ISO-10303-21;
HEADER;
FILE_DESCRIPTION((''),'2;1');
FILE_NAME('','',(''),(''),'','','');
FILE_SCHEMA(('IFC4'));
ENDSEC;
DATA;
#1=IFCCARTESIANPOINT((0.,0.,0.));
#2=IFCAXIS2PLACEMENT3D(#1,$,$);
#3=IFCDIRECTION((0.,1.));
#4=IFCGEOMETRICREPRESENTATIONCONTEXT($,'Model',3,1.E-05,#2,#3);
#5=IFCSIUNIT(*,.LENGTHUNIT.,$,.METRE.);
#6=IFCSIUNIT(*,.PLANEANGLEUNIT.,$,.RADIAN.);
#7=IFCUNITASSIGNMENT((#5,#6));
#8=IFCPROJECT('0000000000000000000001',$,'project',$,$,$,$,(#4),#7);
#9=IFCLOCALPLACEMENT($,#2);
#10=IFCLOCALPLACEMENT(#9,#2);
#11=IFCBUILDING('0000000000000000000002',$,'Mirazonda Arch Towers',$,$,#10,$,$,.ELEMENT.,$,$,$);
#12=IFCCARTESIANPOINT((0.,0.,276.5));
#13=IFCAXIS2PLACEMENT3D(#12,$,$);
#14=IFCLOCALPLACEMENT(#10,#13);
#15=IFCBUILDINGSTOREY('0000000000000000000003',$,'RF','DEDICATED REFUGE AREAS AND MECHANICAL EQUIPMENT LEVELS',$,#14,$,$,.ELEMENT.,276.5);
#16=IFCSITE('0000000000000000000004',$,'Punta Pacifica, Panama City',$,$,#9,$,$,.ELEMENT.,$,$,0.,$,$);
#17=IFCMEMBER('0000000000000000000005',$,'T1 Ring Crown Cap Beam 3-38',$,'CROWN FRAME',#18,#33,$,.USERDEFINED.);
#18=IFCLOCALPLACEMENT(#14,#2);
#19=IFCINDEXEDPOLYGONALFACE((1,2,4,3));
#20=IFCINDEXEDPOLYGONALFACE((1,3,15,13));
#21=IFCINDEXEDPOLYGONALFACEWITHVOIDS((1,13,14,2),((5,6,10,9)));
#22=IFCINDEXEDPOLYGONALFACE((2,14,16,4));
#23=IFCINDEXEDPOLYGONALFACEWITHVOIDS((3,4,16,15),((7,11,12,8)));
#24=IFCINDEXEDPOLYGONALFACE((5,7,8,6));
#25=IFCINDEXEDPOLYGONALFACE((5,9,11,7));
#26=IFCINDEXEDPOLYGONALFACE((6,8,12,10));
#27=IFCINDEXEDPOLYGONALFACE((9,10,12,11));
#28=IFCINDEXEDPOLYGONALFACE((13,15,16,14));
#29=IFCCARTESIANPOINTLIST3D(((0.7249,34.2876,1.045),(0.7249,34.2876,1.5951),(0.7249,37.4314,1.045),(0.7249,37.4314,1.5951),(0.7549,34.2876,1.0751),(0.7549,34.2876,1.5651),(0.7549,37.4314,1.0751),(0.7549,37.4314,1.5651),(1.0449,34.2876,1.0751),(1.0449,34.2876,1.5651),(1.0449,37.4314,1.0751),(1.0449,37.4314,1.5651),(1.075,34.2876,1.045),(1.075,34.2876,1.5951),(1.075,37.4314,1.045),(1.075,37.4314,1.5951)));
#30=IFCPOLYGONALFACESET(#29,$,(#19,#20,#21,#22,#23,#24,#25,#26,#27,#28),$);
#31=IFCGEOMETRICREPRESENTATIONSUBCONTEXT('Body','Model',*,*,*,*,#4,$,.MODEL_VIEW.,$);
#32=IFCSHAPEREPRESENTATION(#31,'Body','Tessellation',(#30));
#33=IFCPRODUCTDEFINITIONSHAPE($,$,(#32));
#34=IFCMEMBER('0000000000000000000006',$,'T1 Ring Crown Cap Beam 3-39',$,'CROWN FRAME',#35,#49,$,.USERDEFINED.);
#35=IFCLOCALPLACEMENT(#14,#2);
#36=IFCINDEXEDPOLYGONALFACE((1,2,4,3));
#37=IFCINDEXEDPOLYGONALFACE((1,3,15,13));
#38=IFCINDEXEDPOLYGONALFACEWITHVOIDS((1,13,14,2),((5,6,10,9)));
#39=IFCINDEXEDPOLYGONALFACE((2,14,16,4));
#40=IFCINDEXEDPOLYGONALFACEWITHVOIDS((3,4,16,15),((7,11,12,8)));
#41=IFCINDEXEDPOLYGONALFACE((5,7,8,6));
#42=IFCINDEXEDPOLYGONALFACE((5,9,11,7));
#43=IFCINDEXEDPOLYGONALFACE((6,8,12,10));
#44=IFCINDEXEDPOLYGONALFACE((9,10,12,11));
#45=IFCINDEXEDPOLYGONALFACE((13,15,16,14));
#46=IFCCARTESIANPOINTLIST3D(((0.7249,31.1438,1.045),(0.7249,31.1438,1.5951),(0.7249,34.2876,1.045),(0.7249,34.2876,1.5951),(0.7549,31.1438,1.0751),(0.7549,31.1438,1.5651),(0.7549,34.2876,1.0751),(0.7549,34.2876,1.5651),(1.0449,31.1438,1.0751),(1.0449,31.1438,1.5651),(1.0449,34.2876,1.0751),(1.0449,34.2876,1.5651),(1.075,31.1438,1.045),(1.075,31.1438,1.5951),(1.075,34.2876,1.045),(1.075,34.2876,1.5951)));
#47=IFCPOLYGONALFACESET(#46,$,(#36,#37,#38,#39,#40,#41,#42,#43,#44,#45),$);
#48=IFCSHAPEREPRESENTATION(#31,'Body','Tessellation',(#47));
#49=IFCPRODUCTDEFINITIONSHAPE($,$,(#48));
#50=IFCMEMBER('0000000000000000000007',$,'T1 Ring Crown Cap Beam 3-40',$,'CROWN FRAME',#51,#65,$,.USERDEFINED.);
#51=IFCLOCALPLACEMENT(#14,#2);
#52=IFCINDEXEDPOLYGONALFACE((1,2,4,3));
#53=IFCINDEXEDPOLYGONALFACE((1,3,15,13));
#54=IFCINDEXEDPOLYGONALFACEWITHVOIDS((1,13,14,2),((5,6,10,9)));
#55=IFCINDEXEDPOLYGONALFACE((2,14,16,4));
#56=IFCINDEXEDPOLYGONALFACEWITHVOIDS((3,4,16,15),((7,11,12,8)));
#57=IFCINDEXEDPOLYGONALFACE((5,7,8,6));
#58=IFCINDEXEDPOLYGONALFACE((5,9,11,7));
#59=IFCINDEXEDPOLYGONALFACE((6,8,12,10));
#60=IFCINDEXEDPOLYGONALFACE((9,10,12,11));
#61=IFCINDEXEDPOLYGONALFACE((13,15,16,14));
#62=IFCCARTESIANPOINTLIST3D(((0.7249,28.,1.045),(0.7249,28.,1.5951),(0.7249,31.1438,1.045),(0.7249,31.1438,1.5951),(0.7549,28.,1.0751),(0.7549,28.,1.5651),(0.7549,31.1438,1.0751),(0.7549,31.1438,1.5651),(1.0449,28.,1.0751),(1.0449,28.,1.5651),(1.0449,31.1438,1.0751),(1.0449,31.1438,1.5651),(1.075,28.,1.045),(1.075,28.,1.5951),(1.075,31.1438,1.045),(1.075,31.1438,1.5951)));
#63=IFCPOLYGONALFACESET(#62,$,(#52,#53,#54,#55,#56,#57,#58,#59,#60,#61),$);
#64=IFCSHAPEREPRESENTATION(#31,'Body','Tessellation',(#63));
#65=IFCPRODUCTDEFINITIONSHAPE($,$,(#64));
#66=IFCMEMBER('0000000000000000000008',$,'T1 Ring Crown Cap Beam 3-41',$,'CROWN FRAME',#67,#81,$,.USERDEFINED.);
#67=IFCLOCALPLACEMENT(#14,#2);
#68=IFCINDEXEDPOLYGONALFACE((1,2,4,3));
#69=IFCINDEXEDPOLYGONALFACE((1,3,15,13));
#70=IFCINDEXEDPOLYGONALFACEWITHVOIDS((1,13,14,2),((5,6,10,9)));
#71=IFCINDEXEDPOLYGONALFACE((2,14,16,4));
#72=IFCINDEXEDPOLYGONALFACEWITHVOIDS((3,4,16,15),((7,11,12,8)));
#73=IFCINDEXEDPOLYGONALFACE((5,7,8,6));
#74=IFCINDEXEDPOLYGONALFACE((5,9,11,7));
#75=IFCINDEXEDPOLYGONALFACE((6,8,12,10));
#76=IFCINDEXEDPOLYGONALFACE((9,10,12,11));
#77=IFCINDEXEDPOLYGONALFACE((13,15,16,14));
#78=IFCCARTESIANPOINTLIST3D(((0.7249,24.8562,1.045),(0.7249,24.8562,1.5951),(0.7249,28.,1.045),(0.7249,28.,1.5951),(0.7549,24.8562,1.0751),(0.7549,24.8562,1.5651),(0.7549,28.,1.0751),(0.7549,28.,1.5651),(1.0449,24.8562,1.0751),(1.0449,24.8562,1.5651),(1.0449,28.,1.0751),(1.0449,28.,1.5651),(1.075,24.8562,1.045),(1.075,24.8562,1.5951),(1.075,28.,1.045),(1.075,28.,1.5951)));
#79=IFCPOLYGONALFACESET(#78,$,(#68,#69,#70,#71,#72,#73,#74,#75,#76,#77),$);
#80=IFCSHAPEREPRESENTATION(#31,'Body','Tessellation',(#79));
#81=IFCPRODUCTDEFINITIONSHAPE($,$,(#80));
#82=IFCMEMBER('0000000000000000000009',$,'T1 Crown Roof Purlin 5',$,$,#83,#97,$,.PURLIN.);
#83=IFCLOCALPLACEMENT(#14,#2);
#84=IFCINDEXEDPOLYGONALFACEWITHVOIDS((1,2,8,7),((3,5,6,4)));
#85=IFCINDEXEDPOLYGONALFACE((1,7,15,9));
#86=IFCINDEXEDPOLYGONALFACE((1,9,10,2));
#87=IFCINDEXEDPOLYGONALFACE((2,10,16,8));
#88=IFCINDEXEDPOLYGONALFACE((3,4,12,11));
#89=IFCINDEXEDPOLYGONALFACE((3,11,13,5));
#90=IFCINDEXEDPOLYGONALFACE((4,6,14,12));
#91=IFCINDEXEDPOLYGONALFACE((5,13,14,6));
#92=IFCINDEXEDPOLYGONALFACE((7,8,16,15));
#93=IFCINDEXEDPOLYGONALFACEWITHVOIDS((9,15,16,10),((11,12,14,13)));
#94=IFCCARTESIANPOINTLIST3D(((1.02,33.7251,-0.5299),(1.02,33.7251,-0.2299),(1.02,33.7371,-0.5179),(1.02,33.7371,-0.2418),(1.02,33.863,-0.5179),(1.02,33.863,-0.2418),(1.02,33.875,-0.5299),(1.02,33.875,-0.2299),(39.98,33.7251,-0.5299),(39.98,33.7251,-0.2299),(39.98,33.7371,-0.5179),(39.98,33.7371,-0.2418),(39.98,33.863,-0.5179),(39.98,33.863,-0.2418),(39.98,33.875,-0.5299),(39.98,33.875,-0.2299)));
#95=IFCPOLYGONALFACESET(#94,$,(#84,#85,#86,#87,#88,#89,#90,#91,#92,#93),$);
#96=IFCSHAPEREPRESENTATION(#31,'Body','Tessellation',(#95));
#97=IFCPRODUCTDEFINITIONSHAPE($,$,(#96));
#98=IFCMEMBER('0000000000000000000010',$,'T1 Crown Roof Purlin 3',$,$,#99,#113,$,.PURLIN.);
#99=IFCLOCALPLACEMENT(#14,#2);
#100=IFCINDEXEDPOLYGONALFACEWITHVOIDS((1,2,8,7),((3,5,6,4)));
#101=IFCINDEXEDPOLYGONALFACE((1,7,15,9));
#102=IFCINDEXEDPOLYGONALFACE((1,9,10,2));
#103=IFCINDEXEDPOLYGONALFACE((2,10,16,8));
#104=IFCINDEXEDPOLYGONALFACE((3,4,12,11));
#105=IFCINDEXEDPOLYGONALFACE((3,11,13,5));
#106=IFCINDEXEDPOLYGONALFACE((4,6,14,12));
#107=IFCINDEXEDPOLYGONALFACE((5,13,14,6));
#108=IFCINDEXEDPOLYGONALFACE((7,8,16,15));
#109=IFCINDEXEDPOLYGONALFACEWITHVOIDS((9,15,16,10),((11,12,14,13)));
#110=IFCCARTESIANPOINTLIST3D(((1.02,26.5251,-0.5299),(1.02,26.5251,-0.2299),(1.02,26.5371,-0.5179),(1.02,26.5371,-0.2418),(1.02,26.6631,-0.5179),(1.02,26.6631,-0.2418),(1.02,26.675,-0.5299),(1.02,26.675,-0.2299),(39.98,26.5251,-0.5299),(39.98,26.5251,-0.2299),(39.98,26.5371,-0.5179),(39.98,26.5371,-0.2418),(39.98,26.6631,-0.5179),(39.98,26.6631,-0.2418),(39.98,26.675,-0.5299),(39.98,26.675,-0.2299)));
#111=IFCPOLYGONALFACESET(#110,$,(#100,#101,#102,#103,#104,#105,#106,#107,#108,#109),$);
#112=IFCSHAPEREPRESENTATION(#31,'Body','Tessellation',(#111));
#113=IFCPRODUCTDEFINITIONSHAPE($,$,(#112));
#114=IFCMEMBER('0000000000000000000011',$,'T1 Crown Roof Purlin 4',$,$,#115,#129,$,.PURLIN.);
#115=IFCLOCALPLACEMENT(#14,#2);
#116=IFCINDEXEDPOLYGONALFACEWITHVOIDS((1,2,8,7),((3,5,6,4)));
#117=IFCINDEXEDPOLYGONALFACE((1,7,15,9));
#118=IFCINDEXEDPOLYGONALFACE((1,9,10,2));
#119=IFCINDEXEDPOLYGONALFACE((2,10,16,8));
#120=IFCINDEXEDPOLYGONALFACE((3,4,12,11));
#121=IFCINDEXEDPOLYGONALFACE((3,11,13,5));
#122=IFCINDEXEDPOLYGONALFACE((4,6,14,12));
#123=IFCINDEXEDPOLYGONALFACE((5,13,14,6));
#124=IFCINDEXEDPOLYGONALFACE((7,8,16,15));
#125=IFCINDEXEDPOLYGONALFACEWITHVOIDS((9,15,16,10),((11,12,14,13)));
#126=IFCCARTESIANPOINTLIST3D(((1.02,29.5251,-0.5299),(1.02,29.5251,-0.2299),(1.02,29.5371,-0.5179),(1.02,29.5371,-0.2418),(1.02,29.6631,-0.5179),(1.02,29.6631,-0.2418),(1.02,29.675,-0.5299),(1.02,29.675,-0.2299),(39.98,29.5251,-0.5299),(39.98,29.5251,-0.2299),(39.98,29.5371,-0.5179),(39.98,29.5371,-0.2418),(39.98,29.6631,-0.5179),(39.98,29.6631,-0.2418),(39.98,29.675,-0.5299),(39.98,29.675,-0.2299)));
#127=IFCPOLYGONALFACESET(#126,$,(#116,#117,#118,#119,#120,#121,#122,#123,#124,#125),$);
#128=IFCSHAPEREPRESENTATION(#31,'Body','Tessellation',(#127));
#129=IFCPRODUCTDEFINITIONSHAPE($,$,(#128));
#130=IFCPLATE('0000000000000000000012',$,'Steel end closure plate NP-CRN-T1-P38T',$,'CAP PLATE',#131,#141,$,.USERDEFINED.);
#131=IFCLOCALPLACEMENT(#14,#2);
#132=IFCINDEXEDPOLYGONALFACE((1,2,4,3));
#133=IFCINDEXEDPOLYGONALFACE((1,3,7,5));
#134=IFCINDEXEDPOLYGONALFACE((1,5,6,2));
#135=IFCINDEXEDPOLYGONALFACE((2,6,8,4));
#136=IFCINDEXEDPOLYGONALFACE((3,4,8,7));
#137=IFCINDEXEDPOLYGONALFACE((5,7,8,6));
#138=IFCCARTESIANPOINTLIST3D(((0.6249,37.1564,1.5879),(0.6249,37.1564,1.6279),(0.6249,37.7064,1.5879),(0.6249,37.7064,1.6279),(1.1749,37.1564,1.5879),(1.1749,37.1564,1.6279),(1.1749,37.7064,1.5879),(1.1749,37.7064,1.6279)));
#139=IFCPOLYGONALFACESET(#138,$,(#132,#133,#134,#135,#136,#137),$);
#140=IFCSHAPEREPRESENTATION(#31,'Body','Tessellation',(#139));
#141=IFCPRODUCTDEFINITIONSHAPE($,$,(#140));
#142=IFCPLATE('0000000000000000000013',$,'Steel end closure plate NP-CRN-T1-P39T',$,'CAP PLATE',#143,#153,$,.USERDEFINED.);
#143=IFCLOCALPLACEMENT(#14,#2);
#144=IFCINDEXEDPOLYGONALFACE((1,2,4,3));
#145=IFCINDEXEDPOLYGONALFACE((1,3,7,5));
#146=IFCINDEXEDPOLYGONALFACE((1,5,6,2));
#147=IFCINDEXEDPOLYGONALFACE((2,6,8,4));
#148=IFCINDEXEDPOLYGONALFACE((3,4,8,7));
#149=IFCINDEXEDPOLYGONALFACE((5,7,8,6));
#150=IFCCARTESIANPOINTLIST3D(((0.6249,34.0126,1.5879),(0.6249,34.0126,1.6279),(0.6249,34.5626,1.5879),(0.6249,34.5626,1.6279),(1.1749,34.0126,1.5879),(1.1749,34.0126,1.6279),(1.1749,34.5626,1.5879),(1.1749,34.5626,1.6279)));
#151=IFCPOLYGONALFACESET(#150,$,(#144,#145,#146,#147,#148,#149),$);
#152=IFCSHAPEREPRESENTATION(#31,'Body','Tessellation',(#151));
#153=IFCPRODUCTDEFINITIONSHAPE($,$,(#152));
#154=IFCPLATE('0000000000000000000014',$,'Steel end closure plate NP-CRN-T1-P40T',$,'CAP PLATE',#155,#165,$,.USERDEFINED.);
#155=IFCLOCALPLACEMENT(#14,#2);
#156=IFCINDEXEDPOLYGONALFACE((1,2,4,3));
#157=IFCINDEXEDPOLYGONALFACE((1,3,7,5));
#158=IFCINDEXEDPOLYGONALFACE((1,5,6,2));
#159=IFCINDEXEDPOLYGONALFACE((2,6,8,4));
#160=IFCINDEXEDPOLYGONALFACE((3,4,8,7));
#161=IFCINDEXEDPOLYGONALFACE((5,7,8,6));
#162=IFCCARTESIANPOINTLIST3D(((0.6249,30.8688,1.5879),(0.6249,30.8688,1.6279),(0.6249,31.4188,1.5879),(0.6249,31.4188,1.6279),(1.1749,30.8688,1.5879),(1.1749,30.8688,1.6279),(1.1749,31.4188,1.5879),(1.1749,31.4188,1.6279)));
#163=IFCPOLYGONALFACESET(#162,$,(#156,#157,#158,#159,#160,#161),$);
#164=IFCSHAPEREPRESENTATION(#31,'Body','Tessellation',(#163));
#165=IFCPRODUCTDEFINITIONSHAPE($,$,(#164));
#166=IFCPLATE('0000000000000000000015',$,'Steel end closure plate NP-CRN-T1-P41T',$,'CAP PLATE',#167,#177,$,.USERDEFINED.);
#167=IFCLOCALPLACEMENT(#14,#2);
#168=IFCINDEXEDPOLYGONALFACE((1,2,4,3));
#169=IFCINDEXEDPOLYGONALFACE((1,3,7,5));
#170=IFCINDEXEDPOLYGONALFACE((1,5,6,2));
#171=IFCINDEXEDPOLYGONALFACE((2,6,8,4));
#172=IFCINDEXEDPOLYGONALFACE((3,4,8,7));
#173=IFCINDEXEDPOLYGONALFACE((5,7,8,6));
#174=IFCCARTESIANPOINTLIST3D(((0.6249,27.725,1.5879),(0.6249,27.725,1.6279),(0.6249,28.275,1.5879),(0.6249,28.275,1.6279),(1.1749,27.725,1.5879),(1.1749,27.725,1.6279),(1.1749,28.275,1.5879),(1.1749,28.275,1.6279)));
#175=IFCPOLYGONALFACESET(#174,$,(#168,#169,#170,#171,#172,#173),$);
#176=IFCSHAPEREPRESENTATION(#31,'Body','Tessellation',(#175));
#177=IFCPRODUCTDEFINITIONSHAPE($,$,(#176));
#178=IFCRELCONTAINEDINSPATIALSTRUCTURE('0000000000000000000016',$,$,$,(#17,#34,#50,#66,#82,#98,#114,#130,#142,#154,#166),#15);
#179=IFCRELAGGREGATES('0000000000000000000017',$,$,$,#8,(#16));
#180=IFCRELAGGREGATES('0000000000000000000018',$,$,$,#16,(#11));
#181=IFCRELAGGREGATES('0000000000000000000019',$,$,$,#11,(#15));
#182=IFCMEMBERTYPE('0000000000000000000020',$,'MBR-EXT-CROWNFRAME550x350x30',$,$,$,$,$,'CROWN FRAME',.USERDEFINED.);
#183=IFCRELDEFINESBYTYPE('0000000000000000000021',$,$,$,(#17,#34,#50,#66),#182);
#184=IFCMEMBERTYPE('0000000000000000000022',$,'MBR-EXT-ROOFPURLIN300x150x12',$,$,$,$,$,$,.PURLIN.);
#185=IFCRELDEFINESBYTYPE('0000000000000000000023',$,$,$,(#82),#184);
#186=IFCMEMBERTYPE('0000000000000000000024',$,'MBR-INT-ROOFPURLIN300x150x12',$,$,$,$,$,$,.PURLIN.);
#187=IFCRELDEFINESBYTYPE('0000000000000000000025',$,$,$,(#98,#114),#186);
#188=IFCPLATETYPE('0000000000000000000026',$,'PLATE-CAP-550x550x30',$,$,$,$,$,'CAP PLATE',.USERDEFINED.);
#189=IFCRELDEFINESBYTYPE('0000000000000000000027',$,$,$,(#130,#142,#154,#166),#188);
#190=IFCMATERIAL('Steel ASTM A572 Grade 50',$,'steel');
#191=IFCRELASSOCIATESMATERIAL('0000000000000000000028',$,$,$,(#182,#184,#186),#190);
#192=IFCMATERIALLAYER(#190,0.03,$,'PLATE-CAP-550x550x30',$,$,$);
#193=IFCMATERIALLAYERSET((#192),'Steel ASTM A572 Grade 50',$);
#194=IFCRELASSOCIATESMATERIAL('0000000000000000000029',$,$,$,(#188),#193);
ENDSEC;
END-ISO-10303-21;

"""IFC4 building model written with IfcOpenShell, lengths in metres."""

from ifc_helpers import new_model, si_unit, direction, frame, origin, origin_2d, place, context, subcontext, project, spatial, rectangle, hollow_rectangle, extrude, material, layer, layer_set, material_profile, profile_set, type_object, element, save


model = new_model("IFC4")

# Units and contexts
model_context = context("Model", 3, precision=1e-05, world=origin(), true_north=direction((0.0, 1.0)))
body_context = subcontext(model_context, "Body", "Model", "MODEL_VIEW")
ifc_project = project(units=[si_unit("LENGTHUNIT", "METRE"), si_unit("PLANEANGLEUNIT", "RADIAN")], contexts=[model_context])

# Site, building, storey
site_placement = place(None, origin())
site = spatial("IfcSite", under=ifc_project, at=site_placement, Name="Punta Pacifica, Panama City", CompositionType="ELEMENT", RefElevation=0.0)
building_placement = place(site_placement, origin())
building = spatial("IfcBuilding", under=site, at=building_placement, Name="Mirazonda Arch Towers", CompositionType="ELEMENT")
storey_placement = place(building_placement, frame((0.0, 0.0, 276.5)))
storey = spatial("IfcBuildingStorey", under=building, at=storey_placement, Name="RF", Description="DEDICATED REFUGE AREAS AND MECHANICAL EQUIPMENT LEVELS", CompositionType="ELEMENT", Elevation=276.5)

# Members
ifc_material_1 = material(Name="Steel ASTM A572 Grade 50", Category="steel")
ifc_material_profile_1 = material_profile(ifc_material_1, hollow_rectangle(XDim=0.3501, YDim=0.55, WallThickness=0.03, at=origin_2d()), Name="CROWNFRAME550x350x30")
ifc_profile_set_1 = profile_set([ifc_material_profile_1], Name="Steel ASTM A572 Grade 50")
member_type_1 = type_object("IfcMemberType", Name="MBR-EXT-CROWNFRAME550x350x30", ElementType="CROWN FRAME", PredefinedType="USERDEFINED", material=ifc_profile_set_1)
for number, where, z_axis, x_axis, name in (
    (1, (0.8999, 37.4314, 1.3201), (0.0, -1.0, 0.0), (1.0, 0.0, 0.0), "T1 Ring Crown Cap Beam 3-38"),
    (2, (0.8999, 34.2876, 1.3201), (0.0, -1.0, 0.0), (1.0, 0.0, 0.0), "T1 Ring Crown Cap Beam 3-39"),
    (3, (0.8999, 31.1438, 1.3201), (0.0, -1.0, 0.0), (1.0, 0.0, 0.0), "T1 Ring Crown Cap Beam 3-40"),
    (4, (0.8999, 28.0, 1.3201), (0.0, -1.0, 0.0), (1.0, 0.0, 0.0), "T1 Ring Crown Cap Beam 3-41"),
):
    element("IfcMember", number, at=place(storey_placement, frame(where, z_axis=z_axis, x_axis=x_axis)), inside=storey, type_object=member_type_1, Name=name, ObjectType="CROWN FRAME", PredefinedType="USERDEFINED", context=body_context, shape_type="SweptSolid", body=[
        extrude(hollow_rectangle(XDim=0.3501, YDim=0.55, WallThickness=0.03, at=origin_2d()), origin(), (0.0, 0.0, 1.0), 3.1438),
    ])
ifc_material_profile_2 = material_profile(ifc_material_1, hollow_rectangle(XDim=0.1499, YDim=0.3, WallThickness=0.012, at=origin_2d()), Name="ROOFPURLIN300x150x12")
ifc_profile_set_2 = profile_set([ifc_material_profile_2], Name="Steel ASTM A572 Grade 50")
member_type_2 = type_object("IfcMemberType", Name="MBR-EXT-ROOFPURLIN300x150x12", PredefinedType="PURLIN", material=ifc_profile_set_2)
member_placement = place(storey_placement, frame((1.02, 33.8, -0.3799), z_axis=(1.0, 0.0, 0.0), x_axis=(0.0, 1.0, 0.0)))
element("IfcMember", 5, at=member_placement, inside=storey, type_object=member_type_2, Name="T1 Crown Roof Purlin 5", PredefinedType="PURLIN", context=body_context, shape_type="SweptSolid", body=[
    extrude(hollow_rectangle(XDim=0.1499, YDim=0.3, WallThickness=0.012, at=origin_2d()), origin(), (0.0, 0.0, 1.0), 38.96),
])
ifc_material_profile_3 = material_profile(ifc_material_1, hollow_rectangle(XDim=0.1499, YDim=0.3, WallThickness=0.012, at=origin_2d()), Name="ROOFPURLIN300x150x12")
ifc_profile_set_3 = profile_set([ifc_material_profile_3], Name="Steel ASTM A572 Grade 50")
member_type_3 = type_object("IfcMemberType", Name="MBR-INT-ROOFPURLIN300x150x12", PredefinedType="PURLIN", material=ifc_profile_set_3)
for number, where, z_axis, x_axis, name in (
    (6, (1.02, 26.6001, -0.3799), (1.0, 0.0, 0.0), (0.0, 1.0, 0.0), "T1 Crown Roof Purlin 3"),
    (7, (1.02, 29.6001, -0.3799), (1.0, 0.0, 0.0), (0.0, 1.0, 0.0), "T1 Crown Roof Purlin 4"),
):
    element("IfcMember", number, at=place(storey_placement, frame(where, z_axis=z_axis, x_axis=x_axis)), inside=storey, type_object=member_type_3, Name=name, PredefinedType="PURLIN", context=body_context, shape_type="SweptSolid", body=[
        extrude(hollow_rectangle(XDim=0.1499, YDim=0.3, WallThickness=0.012, at=origin_2d()), origin(), (0.0, 0.0, 1.0), 38.96),
    ])

# Plates
ifc_layer_1 = layer(ifc_material_1, 0.03, Name="PLATE-CAP-550x550x30")
ifc_layer_set_1 = layer_set([ifc_layer_1], Name="Steel ASTM A572 Grade 50")
plate_type = type_object("IfcPlateType", Name="PLATE-CAP-550x550x30", ElementType="CAP PLATE", PredefinedType="USERDEFINED", material=ifc_layer_set_1)
for number, where, z_axis, x_axis, name in (
    (8, (0.8999, 37.4314, 1.5879), (0.0, 0.0, 1.0), (1.0, 0.0, 0.0), "Steel end closure plate NP-CRN-T1-P38T"),
    (9, (0.8999, 34.2876, 1.5879), (0.0, 0.0, 1.0), (1.0, 0.0, 0.0), "Steel end closure plate NP-CRN-T1-P39T"),
    (10, (0.8999, 31.1438, 1.5879), (0.0, 0.0, 1.0), (1.0, 0.0, 0.0), "Steel end closure plate NP-CRN-T1-P40T"),
    (11, (0.8999, 28.0, 1.5879), (0.0, 0.0, 1.0), (1.0, 0.0, 0.0), "Steel end closure plate NP-CRN-T1-P41T"),
):
    element("IfcPlate", number, at=place(storey_placement, frame(where, z_axis=z_axis, x_axis=x_axis)), inside=storey, type_object=plate_type, Name=name, ObjectType="CAP PLATE", PredefinedType="USERDEFINED", context=body_context, shape_type="SweptSolid", body=[
        extrude(rectangle(XDim=0.55, YDim=0.55, at=origin_2d()), origin(), (0.0, 0.0, 1.0), 0.04),
    ])

save(model, "model.ifc")
